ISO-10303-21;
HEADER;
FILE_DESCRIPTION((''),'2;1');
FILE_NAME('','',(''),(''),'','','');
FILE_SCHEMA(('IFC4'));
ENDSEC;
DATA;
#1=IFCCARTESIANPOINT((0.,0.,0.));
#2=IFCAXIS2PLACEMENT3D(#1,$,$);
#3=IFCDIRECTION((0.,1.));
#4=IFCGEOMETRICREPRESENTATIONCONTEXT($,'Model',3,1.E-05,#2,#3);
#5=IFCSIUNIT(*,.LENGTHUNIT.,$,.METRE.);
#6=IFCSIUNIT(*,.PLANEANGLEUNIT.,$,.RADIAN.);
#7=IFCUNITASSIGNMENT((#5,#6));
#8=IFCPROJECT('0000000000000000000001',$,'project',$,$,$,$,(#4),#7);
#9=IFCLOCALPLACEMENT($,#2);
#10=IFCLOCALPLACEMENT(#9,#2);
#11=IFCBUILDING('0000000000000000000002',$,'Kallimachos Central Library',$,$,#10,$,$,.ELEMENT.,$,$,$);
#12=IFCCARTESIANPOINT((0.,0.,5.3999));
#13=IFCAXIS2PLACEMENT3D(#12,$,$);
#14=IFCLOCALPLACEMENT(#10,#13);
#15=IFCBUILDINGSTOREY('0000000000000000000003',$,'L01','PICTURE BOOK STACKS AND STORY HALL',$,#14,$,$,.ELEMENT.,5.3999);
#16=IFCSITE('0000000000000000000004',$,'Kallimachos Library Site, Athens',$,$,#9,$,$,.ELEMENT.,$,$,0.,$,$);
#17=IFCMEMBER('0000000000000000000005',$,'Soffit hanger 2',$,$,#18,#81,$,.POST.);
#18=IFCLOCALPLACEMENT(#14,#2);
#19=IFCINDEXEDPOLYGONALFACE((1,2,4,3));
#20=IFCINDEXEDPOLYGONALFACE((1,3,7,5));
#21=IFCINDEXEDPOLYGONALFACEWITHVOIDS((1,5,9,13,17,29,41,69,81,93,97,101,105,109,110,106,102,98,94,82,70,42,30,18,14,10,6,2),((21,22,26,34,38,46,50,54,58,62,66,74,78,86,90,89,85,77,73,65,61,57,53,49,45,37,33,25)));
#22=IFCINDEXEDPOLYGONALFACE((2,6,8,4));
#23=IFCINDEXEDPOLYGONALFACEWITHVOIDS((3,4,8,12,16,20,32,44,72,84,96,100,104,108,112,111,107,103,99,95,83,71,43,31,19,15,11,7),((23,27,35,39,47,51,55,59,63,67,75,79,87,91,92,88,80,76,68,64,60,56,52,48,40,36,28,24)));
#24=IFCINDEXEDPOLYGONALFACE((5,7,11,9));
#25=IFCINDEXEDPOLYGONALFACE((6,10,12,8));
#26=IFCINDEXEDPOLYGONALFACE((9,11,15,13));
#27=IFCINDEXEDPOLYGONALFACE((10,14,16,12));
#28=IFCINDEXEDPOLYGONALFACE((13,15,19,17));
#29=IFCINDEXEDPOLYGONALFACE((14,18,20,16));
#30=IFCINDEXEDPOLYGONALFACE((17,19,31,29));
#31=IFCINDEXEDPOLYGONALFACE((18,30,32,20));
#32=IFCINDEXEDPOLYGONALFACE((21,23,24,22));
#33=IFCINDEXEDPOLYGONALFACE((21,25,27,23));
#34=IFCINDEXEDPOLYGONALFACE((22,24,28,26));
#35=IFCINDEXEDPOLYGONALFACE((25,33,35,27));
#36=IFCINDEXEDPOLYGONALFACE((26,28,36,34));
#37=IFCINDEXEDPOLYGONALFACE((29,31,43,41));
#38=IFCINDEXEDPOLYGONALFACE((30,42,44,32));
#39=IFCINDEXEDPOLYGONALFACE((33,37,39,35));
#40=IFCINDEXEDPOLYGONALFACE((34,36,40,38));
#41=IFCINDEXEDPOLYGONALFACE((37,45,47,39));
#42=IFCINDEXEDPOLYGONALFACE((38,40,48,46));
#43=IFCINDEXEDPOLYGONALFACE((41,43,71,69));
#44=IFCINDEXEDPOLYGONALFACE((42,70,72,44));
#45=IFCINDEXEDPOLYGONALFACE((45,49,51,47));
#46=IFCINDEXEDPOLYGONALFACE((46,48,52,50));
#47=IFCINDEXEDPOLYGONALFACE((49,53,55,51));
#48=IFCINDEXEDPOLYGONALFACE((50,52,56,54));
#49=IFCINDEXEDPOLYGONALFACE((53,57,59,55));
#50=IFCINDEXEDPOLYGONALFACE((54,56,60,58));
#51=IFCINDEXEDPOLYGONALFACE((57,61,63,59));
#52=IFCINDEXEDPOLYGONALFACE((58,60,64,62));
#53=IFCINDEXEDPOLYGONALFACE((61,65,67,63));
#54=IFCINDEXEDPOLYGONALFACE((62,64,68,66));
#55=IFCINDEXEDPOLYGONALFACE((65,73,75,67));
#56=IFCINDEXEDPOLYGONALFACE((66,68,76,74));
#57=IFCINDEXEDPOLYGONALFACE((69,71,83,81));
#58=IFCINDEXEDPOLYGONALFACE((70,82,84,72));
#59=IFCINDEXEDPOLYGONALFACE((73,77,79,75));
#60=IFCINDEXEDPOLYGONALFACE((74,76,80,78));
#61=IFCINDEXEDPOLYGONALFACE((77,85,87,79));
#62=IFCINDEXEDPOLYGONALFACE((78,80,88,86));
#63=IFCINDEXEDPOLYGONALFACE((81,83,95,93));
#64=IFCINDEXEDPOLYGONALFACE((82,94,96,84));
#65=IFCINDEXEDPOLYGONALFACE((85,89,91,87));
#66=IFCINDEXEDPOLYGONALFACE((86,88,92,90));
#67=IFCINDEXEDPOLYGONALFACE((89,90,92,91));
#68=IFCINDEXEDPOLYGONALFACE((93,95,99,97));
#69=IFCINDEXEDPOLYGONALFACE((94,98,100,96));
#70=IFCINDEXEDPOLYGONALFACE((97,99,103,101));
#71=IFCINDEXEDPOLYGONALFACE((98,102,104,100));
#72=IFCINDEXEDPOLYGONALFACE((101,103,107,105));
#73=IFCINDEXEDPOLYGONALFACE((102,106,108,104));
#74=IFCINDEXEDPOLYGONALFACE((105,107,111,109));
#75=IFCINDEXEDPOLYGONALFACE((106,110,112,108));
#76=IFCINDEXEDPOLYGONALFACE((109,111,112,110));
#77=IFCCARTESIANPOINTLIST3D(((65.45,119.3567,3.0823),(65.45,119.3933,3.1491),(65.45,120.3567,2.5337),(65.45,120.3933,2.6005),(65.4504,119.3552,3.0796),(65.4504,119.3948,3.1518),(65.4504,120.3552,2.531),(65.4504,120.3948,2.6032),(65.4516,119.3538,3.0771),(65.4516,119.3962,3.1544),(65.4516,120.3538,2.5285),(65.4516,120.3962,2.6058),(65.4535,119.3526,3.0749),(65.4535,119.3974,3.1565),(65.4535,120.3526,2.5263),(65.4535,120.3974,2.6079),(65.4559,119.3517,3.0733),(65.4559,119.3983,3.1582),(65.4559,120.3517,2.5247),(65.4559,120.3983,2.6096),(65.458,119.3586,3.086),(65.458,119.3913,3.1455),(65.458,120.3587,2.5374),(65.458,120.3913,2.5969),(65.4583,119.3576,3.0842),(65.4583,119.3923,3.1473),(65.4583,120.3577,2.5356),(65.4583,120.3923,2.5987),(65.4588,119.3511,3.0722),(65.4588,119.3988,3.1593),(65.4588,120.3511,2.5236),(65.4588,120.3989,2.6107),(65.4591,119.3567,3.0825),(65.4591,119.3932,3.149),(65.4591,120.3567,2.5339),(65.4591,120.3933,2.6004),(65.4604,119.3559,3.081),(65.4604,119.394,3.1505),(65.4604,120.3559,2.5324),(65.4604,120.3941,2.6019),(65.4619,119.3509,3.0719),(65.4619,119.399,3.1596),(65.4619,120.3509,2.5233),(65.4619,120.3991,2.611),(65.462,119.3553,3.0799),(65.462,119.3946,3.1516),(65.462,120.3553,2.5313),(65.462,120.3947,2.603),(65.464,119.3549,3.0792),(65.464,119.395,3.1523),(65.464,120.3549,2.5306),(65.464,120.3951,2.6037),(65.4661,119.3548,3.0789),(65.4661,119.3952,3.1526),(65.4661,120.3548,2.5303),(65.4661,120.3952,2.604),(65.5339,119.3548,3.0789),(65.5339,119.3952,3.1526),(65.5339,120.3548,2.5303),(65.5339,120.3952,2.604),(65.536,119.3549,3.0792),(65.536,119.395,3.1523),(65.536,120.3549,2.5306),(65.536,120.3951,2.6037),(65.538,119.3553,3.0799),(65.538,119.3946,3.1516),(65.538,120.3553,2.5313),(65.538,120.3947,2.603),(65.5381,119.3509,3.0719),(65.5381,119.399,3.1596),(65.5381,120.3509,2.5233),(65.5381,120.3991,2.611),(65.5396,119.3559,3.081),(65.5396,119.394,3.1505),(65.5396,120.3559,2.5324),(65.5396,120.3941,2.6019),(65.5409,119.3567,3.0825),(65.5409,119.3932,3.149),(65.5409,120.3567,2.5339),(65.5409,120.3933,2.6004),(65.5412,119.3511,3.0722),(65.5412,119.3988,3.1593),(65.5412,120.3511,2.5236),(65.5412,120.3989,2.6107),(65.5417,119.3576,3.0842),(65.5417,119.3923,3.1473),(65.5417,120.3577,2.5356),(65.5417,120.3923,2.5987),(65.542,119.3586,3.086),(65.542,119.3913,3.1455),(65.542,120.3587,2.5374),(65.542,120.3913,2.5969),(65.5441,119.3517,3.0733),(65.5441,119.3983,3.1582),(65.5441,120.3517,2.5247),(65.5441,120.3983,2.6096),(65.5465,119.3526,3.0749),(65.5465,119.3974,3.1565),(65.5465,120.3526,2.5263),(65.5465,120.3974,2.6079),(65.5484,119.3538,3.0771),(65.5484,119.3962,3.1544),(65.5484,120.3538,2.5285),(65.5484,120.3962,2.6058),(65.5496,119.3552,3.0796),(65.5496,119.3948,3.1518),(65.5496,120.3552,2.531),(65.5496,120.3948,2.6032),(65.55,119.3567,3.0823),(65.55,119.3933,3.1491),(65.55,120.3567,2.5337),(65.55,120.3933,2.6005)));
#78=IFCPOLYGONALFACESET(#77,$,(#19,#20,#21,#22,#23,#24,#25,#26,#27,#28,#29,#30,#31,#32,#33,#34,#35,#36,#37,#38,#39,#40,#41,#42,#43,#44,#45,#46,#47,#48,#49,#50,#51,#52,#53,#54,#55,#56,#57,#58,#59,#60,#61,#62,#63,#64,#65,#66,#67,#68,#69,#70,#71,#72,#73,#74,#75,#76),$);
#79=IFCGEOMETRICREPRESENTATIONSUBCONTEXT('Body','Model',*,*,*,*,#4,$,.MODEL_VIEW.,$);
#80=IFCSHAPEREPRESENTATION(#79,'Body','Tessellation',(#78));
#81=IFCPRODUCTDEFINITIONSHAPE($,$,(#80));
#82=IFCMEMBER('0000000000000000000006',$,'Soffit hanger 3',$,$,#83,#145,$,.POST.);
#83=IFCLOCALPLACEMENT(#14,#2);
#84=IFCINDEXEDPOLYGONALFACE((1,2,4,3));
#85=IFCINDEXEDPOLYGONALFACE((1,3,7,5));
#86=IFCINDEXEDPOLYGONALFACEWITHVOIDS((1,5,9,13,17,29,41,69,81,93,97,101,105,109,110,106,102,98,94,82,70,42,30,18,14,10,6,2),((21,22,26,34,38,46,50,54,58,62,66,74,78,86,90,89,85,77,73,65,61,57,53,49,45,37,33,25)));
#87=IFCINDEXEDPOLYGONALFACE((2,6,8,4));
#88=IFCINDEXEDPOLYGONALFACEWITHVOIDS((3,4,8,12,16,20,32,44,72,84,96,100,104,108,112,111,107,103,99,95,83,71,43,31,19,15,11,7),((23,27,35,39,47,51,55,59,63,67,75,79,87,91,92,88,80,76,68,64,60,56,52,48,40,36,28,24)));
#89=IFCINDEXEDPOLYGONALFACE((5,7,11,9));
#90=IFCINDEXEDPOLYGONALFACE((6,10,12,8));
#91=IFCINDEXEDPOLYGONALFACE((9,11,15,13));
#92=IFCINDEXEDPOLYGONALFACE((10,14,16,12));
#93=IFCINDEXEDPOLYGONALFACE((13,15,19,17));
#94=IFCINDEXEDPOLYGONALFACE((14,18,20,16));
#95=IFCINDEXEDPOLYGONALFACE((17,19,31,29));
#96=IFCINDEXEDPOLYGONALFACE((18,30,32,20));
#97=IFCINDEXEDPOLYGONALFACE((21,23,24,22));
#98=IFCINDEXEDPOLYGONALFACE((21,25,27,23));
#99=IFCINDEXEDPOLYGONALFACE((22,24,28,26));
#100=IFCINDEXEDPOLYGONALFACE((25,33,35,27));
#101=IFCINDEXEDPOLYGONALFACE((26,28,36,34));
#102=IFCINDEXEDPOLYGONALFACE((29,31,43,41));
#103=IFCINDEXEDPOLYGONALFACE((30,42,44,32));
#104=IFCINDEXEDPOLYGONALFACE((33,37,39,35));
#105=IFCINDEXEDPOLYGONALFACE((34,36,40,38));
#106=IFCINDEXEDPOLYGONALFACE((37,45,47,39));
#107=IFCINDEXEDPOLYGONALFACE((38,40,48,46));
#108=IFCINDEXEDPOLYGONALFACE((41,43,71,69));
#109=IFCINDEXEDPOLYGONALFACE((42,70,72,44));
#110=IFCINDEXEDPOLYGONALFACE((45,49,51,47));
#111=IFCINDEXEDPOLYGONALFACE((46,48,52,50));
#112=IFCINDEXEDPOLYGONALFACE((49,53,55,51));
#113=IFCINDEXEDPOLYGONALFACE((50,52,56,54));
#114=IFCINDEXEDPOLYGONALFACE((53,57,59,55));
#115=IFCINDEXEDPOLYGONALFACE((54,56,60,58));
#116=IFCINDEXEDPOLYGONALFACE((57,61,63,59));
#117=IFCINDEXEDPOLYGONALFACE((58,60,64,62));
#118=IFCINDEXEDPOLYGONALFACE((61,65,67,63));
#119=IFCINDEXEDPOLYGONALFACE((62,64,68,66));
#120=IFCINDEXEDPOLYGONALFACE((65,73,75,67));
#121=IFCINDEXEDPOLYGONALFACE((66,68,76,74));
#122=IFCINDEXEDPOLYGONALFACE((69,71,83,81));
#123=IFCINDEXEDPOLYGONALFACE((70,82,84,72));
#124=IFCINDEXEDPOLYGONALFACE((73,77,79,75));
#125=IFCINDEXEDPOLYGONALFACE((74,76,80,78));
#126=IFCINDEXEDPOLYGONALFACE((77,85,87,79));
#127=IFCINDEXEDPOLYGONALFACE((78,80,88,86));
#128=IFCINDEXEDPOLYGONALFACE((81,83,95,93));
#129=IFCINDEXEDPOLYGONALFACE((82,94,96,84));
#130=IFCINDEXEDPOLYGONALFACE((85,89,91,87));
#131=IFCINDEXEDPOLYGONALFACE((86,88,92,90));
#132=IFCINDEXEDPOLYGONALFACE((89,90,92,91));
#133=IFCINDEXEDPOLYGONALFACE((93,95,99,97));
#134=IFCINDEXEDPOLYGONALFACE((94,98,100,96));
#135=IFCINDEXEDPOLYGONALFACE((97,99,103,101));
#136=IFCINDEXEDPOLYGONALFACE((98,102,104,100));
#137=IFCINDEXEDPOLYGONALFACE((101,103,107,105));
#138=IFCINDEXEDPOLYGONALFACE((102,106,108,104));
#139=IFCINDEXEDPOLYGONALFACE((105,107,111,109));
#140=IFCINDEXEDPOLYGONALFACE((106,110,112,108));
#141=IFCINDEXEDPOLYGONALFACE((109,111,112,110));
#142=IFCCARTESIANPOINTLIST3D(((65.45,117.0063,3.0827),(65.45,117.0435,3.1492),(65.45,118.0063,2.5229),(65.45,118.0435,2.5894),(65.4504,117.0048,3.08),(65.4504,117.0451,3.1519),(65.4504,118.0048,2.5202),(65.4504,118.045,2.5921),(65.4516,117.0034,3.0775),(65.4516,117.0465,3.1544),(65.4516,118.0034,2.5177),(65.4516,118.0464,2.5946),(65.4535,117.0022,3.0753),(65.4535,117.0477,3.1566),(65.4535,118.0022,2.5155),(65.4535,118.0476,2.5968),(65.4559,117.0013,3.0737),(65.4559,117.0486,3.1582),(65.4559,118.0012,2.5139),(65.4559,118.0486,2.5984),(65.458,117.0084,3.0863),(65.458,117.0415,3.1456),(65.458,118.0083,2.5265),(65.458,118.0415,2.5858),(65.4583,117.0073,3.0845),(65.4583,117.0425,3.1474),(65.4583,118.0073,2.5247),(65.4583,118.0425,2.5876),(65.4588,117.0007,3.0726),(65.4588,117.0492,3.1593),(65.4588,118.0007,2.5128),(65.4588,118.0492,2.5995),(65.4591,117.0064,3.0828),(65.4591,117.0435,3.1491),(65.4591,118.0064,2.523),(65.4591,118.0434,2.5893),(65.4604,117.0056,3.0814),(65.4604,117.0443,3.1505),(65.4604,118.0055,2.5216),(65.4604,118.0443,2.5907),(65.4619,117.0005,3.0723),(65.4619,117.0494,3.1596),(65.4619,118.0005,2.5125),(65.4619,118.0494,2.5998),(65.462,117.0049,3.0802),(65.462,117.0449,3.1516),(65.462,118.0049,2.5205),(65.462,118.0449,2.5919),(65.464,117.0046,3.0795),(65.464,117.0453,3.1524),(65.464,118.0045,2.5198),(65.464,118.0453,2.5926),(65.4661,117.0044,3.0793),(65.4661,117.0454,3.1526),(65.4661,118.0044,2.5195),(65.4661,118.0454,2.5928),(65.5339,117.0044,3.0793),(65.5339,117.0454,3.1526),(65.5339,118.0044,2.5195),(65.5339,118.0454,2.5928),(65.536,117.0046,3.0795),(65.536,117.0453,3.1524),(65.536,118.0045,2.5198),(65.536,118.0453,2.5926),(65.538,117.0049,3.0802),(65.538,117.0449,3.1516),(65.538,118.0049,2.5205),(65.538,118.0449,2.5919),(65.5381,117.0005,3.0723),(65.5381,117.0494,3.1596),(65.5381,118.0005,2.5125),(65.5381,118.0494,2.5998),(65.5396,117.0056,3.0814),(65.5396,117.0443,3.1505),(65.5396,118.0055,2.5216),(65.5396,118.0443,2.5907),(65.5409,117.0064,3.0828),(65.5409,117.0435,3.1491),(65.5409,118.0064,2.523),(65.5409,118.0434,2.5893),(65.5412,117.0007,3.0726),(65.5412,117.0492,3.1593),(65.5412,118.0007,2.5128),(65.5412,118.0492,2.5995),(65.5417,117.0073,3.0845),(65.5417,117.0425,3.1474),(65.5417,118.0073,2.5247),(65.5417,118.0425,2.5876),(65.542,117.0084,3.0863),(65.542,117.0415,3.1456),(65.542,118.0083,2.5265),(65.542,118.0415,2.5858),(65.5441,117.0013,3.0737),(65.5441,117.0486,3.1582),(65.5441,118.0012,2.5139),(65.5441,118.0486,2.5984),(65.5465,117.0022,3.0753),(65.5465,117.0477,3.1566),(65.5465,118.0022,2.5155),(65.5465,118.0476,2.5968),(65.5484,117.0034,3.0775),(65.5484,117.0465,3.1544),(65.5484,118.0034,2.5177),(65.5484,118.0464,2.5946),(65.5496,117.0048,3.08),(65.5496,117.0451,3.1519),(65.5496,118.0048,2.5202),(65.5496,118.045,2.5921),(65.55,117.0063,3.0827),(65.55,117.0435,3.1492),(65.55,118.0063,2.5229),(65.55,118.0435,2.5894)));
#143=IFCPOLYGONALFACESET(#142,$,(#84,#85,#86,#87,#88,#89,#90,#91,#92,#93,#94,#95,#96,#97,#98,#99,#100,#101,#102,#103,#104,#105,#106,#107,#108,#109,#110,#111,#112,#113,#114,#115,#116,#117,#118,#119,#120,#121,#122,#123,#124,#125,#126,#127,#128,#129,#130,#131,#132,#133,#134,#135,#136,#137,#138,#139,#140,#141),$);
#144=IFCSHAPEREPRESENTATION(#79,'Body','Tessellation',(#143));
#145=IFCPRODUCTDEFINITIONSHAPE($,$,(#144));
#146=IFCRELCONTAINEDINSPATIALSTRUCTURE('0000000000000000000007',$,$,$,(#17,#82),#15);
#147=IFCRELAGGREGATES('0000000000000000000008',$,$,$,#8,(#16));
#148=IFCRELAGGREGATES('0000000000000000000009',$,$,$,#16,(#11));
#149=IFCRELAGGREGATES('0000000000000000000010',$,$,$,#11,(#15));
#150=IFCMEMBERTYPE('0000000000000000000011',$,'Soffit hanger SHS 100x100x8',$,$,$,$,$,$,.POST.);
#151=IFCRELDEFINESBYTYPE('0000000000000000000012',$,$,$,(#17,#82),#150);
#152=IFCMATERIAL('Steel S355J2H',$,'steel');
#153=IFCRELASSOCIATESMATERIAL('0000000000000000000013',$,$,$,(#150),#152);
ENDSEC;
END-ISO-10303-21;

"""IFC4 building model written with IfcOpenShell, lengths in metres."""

from ifc_helpers import new_model, si_unit, direction, frame, origin, origin_2d, place, context, subcontext, project, spatial, hollow_rectangle, extrude, material, material_profile, profile_set, type_object, element, save


model = new_model("IFC4")

# Units and contexts
model_context = context("Model", 3, precision=1e-05, world=origin(), true_north=direction((0.0, 1.0)))
body_context = subcontext(model_context, "Body", "Model", "MODEL_VIEW")
ifc_project = project(units=[si_unit("LENGTHUNIT", "METRE"), si_unit("PLANEANGLEUNIT", "RADIAN")], contexts=[model_context])

# Site, building, storey
site_placement = place(None, origin())
site = spatial("IfcSite", under=ifc_project, at=site_placement, Name="Kallimachos Library Site, Athens", CompositionType="ELEMENT", RefElevation=0.0)
building_placement = place(site_placement, origin())
building = spatial("IfcBuilding", under=site, at=building_placement, Name="Kallimachos Central Library", CompositionType="ELEMENT")
storey_placement = place(building_placement, frame((0.0, 0.0, 5.3999)))
storey = spatial("IfcBuildingStorey", under=building, at=storey_placement, Name="L01", Description="PICTURE BOOK STACKS AND STORY HALL", CompositionType="ELEMENT", Elevation=5.3999)

# Members
ifc_material_1 = material(Name="Steel S355J2H", Category="steel")
ifc_material_profile_1 = material_profile(ifc_material_1, hollow_rectangle(XDim=0.1001, YDim=0.1001, WallThickness=0.0081, InnerFilletRadius=0.0081, OuterFilletRadius=0.012, at=origin_2d()), Name="SHS 100x100x8")
ifc_profile_set_1 = profile_set([ifc_material_profile_1], Name="Steel S355J2H")
member_type_1 = type_object("IfcMemberType", Name="Soffit hanger SHS 100x100x8", PredefinedType="POST", material=ifc_profile_set_1)
member_1_placement = place(storey_placement, frame((65.5, 120.375, 2.5671), z_axis=(0.0, -0.87674, 0.480965), x_axis=(1.0, 0.0, 0.0)))
element("IfcMember", 1, at=member_1_placement, inside=storey, type_object=member_type_1, Name="Soffit hanger 2", PredefinedType="POST", context=body_context, shape_type="SweptSolid", body=[
    extrude(hollow_rectangle(XDim=0.1001, YDim=0.1001, WallThickness=0.0081, InnerFilletRadius=0.0081, OuterFilletRadius=0.012, at=origin_2d()), origin(), (0.0, 0.0, 1.0), 1.1406),
])
member_2_placement = place(storey_placement, frame((65.5, 118.0249, 2.5562), z_axis=(0.0, -0.872575, 0.48848), x_axis=(1.0, 0.0, 0.0)))
element("IfcMember", 2, at=member_2_placement, inside=storey, type_object=member_type_1, Name="Soffit hanger 3", PredefinedType="POST", context=body_context, shape_type="SweptSolid", body=[
    extrude(hollow_rectangle(XDim=0.1001, YDim=0.1001, WallThickness=0.0081, InnerFilletRadius=0.0081, OuterFilletRadius=0.012, at=origin_2d()), origin(), (0.0, 0.0, 1.0), 1.146),
])

save(model, "model.ifc")
